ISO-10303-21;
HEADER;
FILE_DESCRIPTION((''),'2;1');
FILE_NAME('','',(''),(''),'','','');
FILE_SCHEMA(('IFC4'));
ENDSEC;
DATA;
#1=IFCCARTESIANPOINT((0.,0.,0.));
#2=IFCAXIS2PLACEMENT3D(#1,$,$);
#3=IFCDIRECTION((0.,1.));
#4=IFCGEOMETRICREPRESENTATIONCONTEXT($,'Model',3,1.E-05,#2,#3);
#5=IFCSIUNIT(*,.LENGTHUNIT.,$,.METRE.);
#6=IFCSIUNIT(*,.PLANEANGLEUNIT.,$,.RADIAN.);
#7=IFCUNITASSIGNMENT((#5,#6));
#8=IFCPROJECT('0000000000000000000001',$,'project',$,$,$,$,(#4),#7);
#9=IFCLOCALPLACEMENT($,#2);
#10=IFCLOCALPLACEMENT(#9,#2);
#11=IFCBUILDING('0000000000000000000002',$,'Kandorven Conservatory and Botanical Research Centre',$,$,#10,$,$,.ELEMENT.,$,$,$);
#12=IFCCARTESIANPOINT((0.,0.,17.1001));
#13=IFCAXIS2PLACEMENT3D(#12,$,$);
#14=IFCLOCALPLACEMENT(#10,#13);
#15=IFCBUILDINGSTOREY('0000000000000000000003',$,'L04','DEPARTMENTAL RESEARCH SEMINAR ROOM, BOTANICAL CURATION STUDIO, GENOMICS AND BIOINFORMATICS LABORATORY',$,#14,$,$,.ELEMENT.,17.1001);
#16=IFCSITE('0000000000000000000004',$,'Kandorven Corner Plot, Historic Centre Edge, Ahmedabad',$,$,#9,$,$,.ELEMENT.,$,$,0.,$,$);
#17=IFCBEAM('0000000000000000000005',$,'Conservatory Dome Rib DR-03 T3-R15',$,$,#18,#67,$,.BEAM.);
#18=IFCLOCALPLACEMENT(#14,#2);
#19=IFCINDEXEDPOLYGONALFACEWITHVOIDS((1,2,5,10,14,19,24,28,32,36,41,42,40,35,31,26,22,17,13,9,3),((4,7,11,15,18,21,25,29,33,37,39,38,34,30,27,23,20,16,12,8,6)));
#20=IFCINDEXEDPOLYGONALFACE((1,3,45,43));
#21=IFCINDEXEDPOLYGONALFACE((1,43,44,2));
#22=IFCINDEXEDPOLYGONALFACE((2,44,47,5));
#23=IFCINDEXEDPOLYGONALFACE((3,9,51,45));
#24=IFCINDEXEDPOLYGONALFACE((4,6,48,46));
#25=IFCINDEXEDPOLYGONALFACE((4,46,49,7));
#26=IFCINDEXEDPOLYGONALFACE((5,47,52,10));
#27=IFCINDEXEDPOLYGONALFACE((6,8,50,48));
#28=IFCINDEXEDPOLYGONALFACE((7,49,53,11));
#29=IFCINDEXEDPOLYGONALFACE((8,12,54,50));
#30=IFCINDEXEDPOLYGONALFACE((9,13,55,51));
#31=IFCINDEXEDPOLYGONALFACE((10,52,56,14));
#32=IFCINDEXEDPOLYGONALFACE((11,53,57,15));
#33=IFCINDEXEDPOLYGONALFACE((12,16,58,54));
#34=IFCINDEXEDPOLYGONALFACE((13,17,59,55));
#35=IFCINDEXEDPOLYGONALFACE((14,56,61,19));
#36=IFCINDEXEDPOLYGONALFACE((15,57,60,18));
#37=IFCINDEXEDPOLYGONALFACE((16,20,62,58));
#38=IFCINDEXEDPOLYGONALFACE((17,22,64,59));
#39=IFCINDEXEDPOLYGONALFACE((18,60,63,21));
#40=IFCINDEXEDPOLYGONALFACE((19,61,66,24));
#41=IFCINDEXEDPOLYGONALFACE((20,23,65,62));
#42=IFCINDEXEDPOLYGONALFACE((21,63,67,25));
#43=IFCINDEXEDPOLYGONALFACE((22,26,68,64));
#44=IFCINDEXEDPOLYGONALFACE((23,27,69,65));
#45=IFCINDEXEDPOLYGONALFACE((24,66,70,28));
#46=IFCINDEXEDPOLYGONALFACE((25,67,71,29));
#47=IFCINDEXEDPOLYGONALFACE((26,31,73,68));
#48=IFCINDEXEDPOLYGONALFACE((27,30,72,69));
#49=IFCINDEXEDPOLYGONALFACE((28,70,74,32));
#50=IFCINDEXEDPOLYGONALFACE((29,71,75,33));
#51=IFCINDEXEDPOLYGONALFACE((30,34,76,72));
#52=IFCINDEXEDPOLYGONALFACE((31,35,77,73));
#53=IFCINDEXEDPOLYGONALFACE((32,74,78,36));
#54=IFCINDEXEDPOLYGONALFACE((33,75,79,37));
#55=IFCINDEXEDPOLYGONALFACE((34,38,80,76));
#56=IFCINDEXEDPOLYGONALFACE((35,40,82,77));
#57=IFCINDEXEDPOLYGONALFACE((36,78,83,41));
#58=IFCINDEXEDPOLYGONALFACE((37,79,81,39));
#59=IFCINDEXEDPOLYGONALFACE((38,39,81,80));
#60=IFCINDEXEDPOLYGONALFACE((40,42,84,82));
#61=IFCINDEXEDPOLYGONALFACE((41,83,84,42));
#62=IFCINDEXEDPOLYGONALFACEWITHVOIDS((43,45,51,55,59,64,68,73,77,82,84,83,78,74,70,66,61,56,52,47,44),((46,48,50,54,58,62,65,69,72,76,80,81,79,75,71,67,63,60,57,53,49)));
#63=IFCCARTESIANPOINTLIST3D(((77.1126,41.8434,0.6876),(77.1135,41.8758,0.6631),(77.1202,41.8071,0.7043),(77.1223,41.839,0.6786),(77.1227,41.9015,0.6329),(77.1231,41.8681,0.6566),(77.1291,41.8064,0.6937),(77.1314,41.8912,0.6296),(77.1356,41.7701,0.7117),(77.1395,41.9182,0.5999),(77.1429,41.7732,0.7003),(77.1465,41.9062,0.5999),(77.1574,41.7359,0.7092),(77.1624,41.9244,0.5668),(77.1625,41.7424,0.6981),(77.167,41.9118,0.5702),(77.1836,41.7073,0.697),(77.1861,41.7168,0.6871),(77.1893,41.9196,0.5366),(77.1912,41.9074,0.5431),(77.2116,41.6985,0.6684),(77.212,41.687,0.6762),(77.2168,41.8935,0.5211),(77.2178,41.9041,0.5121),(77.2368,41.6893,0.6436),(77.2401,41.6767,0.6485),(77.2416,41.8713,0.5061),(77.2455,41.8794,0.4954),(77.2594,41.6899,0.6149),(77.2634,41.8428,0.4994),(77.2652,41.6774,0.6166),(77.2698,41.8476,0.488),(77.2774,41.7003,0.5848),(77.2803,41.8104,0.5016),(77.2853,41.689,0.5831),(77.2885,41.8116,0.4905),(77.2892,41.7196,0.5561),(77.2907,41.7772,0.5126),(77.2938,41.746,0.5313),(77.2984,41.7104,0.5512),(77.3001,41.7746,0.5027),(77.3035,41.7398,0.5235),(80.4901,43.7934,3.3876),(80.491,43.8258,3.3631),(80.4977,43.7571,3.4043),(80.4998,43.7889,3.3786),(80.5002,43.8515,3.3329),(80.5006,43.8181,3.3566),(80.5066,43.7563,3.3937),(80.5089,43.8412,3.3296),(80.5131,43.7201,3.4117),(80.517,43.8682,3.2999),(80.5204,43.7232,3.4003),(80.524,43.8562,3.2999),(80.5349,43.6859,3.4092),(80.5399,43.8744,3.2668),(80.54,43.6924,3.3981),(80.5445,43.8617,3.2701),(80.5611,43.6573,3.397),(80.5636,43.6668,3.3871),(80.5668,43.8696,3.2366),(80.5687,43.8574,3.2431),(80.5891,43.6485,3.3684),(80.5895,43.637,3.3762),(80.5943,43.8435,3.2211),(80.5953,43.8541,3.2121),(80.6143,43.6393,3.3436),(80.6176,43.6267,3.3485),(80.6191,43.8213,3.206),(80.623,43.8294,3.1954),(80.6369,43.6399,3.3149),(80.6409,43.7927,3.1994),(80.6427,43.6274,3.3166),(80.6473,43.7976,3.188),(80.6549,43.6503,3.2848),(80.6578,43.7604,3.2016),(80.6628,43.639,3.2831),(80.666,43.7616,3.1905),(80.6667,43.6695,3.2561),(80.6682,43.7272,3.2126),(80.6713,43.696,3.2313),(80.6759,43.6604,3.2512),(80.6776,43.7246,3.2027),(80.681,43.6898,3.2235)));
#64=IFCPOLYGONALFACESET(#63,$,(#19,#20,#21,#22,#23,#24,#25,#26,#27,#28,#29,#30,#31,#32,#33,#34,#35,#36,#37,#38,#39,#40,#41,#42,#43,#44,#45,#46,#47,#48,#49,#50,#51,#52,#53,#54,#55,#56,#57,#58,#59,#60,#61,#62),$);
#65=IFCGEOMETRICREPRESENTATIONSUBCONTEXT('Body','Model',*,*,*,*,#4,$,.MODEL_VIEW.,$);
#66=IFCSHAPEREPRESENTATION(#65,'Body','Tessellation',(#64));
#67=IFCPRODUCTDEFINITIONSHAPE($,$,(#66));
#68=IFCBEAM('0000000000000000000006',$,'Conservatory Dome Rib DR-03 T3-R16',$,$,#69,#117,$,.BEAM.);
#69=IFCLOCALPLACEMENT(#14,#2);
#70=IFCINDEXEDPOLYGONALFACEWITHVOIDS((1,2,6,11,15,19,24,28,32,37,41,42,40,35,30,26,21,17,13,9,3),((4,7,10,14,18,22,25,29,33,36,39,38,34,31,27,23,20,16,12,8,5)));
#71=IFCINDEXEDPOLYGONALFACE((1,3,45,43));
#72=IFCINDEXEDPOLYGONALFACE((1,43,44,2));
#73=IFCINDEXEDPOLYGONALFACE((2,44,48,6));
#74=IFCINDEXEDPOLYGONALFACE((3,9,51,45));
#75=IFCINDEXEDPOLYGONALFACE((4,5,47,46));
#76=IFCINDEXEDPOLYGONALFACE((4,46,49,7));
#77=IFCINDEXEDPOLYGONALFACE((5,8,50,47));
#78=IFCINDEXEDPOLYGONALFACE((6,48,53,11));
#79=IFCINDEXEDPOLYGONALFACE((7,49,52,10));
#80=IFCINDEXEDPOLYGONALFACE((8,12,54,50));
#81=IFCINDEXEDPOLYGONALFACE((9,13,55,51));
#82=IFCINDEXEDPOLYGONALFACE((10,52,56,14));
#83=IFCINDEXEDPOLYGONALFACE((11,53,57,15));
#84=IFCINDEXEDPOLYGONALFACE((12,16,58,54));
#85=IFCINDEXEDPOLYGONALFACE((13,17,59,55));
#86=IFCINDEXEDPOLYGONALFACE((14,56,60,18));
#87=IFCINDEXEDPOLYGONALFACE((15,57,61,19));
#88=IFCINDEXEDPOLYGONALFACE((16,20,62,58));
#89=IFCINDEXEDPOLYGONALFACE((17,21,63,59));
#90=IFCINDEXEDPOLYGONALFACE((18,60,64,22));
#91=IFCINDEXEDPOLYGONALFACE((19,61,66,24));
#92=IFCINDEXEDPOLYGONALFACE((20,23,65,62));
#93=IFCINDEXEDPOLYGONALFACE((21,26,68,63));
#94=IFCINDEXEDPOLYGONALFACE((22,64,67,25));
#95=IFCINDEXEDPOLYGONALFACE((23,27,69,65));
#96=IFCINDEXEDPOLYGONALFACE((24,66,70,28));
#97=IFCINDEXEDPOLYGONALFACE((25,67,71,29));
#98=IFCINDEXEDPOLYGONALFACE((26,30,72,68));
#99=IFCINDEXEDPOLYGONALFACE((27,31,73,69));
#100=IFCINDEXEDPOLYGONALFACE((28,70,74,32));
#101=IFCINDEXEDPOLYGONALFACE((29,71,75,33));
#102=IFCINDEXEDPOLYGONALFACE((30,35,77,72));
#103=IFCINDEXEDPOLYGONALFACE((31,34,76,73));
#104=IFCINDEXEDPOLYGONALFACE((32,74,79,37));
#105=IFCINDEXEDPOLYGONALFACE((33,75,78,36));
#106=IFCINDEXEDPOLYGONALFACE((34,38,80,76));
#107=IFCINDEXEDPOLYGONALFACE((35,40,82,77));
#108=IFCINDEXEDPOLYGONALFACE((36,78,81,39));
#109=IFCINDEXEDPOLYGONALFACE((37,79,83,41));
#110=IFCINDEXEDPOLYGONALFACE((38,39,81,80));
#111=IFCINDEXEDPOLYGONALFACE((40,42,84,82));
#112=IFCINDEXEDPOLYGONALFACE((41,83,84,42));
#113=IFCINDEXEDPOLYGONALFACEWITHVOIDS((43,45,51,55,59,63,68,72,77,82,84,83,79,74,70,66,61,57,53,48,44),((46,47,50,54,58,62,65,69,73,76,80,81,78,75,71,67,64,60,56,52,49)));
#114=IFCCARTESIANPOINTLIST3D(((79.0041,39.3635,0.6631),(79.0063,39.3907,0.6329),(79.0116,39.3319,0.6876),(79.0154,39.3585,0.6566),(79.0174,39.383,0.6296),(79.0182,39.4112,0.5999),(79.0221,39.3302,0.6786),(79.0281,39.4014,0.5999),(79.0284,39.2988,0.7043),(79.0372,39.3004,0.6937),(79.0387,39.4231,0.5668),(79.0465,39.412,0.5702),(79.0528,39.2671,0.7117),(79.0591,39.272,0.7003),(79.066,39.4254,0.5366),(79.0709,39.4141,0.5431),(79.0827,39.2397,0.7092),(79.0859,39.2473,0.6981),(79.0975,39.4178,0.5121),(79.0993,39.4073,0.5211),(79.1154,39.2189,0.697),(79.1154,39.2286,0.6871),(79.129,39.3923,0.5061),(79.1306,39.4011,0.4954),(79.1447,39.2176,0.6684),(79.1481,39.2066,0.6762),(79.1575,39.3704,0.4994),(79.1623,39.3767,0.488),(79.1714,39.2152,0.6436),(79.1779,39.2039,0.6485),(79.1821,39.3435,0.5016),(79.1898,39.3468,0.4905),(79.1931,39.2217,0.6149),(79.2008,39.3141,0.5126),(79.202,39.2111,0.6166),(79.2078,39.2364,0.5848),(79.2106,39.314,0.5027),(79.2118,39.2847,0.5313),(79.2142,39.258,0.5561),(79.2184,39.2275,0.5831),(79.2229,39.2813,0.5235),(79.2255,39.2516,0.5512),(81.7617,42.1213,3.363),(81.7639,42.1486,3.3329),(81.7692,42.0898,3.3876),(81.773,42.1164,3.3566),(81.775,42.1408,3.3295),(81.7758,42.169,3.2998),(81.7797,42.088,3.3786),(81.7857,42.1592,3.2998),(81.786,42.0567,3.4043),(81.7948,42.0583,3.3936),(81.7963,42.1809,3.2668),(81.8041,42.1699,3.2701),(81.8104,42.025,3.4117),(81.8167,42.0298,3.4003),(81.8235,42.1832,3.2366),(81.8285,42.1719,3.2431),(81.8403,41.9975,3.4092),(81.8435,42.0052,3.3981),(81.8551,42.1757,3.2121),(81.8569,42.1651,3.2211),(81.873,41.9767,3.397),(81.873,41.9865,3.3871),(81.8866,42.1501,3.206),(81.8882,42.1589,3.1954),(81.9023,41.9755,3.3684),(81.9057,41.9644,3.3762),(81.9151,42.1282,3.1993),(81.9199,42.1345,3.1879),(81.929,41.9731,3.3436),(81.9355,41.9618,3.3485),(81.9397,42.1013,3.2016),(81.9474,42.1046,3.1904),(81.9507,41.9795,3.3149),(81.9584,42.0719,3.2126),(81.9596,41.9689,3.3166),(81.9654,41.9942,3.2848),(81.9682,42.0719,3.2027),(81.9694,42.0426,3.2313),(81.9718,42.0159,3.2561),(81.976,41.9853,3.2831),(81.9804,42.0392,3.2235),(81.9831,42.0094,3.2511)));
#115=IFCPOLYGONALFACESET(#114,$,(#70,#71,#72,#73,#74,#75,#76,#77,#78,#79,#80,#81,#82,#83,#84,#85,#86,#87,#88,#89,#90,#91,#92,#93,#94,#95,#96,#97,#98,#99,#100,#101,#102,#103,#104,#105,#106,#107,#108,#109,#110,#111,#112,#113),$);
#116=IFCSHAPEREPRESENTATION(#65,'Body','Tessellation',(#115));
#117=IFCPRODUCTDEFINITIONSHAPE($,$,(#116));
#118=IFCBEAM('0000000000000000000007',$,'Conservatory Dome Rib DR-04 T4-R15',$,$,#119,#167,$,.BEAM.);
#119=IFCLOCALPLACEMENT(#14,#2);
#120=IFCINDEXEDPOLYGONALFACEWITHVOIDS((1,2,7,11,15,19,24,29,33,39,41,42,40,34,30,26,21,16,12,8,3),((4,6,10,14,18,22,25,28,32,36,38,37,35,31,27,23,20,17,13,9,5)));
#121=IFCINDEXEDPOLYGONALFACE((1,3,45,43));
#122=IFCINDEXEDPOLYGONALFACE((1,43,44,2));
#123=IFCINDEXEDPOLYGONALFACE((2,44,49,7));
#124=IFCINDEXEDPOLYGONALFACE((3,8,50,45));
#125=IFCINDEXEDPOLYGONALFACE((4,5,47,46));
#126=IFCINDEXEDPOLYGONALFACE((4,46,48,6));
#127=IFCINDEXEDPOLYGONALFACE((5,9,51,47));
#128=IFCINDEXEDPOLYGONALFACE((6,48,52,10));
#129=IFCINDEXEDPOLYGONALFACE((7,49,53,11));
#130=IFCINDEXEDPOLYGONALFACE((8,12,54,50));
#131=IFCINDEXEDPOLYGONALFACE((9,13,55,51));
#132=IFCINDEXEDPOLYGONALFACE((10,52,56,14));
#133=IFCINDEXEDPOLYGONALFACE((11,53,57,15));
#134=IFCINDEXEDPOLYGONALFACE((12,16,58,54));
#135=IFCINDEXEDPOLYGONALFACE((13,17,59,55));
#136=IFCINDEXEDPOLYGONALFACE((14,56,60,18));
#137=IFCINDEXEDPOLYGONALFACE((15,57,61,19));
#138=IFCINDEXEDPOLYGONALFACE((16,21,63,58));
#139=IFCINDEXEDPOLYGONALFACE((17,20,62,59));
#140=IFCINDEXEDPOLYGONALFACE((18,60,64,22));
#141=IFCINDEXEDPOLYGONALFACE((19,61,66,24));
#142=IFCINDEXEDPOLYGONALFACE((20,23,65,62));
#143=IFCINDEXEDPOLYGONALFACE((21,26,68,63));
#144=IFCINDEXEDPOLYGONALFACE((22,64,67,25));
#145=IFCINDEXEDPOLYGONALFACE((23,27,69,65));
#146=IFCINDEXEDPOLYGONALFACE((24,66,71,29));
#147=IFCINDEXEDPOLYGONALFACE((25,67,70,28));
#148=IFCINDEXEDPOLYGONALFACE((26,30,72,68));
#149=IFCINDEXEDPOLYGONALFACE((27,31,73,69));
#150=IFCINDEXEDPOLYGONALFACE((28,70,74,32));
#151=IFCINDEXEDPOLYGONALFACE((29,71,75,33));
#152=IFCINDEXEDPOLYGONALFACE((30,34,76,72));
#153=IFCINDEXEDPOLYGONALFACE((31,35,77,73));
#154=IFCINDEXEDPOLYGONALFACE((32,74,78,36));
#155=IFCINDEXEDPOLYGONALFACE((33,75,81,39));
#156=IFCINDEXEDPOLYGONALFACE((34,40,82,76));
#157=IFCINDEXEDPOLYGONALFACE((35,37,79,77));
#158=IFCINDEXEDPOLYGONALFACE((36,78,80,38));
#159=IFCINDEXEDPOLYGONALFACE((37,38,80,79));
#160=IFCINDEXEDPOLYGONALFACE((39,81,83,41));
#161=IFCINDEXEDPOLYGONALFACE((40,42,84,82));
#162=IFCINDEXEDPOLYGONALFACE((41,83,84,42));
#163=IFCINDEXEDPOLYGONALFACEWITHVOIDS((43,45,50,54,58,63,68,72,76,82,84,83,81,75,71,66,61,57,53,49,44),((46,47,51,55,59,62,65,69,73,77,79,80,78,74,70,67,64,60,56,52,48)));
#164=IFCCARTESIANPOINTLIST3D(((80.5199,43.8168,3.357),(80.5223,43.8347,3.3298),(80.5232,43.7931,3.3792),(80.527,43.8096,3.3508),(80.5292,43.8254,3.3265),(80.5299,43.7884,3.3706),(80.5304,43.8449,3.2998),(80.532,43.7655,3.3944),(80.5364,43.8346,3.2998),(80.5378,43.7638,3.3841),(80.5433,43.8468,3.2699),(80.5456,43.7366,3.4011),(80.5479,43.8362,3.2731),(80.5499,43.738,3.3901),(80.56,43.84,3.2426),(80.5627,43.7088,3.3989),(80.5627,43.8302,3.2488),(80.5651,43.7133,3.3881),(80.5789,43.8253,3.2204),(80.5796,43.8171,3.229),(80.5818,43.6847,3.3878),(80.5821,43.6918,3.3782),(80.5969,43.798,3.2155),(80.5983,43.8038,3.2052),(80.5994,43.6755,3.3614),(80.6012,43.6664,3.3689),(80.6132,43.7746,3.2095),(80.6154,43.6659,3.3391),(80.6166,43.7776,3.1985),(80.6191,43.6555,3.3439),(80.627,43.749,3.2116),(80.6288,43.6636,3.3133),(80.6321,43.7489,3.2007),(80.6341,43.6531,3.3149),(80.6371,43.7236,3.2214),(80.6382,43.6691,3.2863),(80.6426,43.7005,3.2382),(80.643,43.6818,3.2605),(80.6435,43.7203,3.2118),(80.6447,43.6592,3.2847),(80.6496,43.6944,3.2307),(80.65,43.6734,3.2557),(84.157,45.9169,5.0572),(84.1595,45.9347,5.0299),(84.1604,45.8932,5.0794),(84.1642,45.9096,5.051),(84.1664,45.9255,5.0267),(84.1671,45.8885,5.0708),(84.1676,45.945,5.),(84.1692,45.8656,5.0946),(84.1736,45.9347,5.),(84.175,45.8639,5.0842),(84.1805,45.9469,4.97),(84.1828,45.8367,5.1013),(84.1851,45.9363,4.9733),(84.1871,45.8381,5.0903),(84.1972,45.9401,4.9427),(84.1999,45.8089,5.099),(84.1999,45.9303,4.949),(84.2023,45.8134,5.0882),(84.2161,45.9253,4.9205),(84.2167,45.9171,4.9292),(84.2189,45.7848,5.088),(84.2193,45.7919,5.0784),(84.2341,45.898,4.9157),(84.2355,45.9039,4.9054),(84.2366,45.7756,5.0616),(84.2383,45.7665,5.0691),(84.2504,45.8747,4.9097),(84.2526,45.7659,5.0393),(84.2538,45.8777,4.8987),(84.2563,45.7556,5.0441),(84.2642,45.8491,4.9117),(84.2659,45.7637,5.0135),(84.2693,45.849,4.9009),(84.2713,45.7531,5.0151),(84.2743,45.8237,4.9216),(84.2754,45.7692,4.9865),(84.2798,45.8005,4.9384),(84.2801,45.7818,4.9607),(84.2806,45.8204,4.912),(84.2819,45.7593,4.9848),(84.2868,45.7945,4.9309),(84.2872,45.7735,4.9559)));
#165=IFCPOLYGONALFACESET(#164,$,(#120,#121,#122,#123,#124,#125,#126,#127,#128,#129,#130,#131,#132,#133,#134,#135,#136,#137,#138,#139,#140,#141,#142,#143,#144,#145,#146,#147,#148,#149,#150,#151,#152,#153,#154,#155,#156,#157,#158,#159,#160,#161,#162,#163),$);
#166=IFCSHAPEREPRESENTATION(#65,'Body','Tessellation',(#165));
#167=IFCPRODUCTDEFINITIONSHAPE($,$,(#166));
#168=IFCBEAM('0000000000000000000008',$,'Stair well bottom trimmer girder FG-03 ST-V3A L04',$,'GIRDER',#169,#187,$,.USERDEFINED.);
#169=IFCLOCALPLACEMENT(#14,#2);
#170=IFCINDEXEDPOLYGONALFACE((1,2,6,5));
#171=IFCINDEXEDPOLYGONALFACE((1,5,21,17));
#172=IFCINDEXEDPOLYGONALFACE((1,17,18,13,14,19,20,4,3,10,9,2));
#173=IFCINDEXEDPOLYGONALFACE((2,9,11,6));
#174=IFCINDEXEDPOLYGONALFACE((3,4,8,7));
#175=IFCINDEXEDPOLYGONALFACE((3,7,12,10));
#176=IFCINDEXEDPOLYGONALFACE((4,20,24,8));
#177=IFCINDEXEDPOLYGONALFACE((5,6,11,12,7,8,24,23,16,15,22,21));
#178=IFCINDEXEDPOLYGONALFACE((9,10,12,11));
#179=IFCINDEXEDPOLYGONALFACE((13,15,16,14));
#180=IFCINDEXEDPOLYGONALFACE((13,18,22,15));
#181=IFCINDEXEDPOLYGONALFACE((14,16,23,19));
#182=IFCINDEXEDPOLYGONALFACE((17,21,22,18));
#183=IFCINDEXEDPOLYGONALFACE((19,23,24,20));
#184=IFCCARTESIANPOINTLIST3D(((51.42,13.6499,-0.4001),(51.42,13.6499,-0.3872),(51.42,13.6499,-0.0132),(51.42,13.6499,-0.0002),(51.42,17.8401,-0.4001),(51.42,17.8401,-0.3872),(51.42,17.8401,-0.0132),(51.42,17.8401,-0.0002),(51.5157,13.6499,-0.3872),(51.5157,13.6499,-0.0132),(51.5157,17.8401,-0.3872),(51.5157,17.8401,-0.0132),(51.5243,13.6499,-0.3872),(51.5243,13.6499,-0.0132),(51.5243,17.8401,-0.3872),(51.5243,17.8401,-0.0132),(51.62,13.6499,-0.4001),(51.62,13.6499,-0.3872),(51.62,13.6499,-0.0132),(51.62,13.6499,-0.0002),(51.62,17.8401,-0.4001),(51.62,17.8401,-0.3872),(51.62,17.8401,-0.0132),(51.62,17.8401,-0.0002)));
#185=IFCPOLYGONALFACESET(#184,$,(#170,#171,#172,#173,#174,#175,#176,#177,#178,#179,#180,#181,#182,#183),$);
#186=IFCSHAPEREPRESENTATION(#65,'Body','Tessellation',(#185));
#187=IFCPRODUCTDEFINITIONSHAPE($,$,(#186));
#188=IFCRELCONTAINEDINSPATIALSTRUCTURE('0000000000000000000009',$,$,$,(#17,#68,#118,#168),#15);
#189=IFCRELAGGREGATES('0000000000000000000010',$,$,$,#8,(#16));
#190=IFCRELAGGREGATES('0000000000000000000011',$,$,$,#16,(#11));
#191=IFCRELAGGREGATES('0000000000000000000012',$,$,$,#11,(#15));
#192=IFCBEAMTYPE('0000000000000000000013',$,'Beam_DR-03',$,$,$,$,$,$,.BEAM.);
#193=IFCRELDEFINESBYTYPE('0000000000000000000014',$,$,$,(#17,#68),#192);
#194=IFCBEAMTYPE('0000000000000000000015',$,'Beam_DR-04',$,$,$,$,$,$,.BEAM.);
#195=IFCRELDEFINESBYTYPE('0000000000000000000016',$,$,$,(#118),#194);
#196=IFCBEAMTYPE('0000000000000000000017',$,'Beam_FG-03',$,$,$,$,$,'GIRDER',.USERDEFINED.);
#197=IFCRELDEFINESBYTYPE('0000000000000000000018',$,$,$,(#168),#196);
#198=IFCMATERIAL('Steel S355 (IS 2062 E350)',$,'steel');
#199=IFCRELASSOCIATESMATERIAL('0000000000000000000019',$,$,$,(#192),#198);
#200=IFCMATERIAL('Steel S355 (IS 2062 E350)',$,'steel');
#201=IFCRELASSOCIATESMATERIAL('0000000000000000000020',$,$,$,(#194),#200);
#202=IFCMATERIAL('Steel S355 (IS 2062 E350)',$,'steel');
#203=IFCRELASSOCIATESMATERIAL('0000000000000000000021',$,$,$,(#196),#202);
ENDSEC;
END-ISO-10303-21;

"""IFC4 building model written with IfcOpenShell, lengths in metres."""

from ifc_helpers import new_model, si_unit, direction, frame, origin, origin_2d, place, context, subcontext, project, spatial, hollow_circle, i_section, extrude, material, material_profile, profile_set, type_object, element, save


model = new_model("IFC4")

# Units and contexts
model_context = context("Model", 3, precision=1e-05, world=origin(), true_north=direction((0.0, 1.0)))
body_context = subcontext(model_context, "Body", "Model", "MODEL_VIEW")
ifc_project = project(units=[si_unit("LENGTHUNIT", "METRE"), si_unit("PLANEANGLEUNIT", "RADIAN")], contexts=[model_context])

# Site, building, storey
site_placement = place(None, origin())
site = spatial("IfcSite", under=ifc_project, at=site_placement, Name="Kandorven Corner Plot, Historic Centre Edge, Ahmedabad", CompositionType="ELEMENT", RefElevation=0.0)
building_placement = place(site_placement, origin())
building = spatial("IfcBuilding", under=site, at=building_placement, Name="Kandorven Conservatory and Botanical Research Centre", CompositionType="ELEMENT")
storey_placement = place(building_placement, frame((0.0, 0.0, 17.1001)))
storey = spatial("IfcBuildingStorey", under=building, at=storey_placement, Name="L04", Description="DEPARTMENTAL RESEARCH SEMINAR ROOM, BOTANICAL CURATION STUDIO, GENOMICS AND BIOINFORMATICS LABORATORY", CompositionType="ELEMENT", Elevation=17.1001)

# Beams
ifc_material_1 = material(Name="Steel S355 (IS 2062 E350)", Category="steel")
ifc_material_profile_1 = material_profile(ifc_material_1, hollow_circle(Radius=0.1365, WallThickness=0.0139, at=origin_2d()))
ifc_profile_set_1 = profile_set([ifc_material_profile_1], Name="Steel S355 (IS 2062 E350)")
beam_type_1 = type_object("IfcBeamType", Name="Beam_DR-03", PredefinedType="BEAM", material=ifc_profile_set_1)
for number, where, z_axis, x_axis, name in (
    (1, (77.2078, 41.8, 0.5999), (0.712041, 0.411094, 0.56921), (-0.499997, 0.866027, 0.0), "Conservatory Dome Rib DR-03 T3-R15"),
    (2, (79.1147, 39.3147, 0.5999), (0.581354, 0.581405, 0.569207), (-0.707138, 0.707075, 0.0), "Conservatory Dome Rib DR-03 T3-R16"),
):
    element("IfcBeam", number, at=place(storey_placement, frame(where, z_axis=z_axis, x_axis=x_axis)), inside=storey, type_object=beam_type_1, Name=name, PredefinedType="BEAM", context=body_context, shape_type="SweptSolid", body=[
        extrude(hollow_circle(Radius=0.1365, WallThickness=0.0139, at=origin_2d()), origin(), (0.0, 0.0, 1.0), 4.7434),
    ])
ifc_material_2 = material(Name="Steel S355 (IS 2062 E350)", Category="steel")
ifc_material_profile_2 = material_profile(ifc_material_2, hollow_circle(Radius=0.1096, WallThickness=0.012, at=origin_2d()))
ifc_profile_set_2 = profile_set([ifc_material_profile_2], Name="Steel S355 (IS 2062 E350)")
beam_type_2 = type_object("IfcBeamType", Name="Beam_DR-04", PredefinedType="BEAM", material=ifc_profile_set_2)
beam_1_placement = place(storey_placement, frame((80.5852, 43.75, 3.2998), z_axis=(0.802731, 0.463491, 0.375233), x_axis=(-0.500028, 0.866009, 0.0)))
element("IfcBeam", 3, at=beam_1_placement, inside=storey, type_object=beam_type_2, Name="Conservatory Dome Rib DR-04 T4-R15", PredefinedType="BEAM", context=body_context, shape_type="SweptSolid", body=[
    extrude(hollow_circle(Radius=0.1096, WallThickness=0.012, at=origin_2d()), origin(), (0.0, 0.0, 1.0), 4.531),
])
ifc_material_3 = material(Name="Steel S355 (IS 2062 E350)", Category="steel")
ifc_material_profile_3 = material_profile(ifc_material_3, i_section(OverallWidth=0.2, OverallDepth=0.3999, WebThickness=0.0085, FlangeThickness=0.0129, at=origin_2d()))
ifc_profile_set_3 = profile_set([ifc_material_profile_3], Name="Steel S355 (IS 2062 E350)")
beam_type_3 = type_object("IfcBeamType", Name="Beam_FG-03", ElementType="GIRDER", PredefinedType="USERDEFINED", material=ifc_profile_set_3)
beam_2_placement = place(storey_placement, frame((51.52, 13.6499, -0.2002), z_axis=(0.0, 1.0, 0.0), x_axis=(-1.0, 0.0, 0.0)))
element("IfcBeam", 4, at=beam_2_placement, inside=storey, type_object=beam_type_3, Name="Stair well bottom trimmer girder FG-03 ST-V3A L04", ObjectType="GIRDER", PredefinedType="USERDEFINED", context=body_context, shape_type="SweptSolid", body=[
    extrude(i_section(OverallWidth=0.2, OverallDepth=0.3999, WebThickness=0.0085, FlangeThickness=0.0129, at=origin_2d()), origin(), (0.0, 0.0, 1.0), 4.1902),
])

save(model, "model.ifc")
